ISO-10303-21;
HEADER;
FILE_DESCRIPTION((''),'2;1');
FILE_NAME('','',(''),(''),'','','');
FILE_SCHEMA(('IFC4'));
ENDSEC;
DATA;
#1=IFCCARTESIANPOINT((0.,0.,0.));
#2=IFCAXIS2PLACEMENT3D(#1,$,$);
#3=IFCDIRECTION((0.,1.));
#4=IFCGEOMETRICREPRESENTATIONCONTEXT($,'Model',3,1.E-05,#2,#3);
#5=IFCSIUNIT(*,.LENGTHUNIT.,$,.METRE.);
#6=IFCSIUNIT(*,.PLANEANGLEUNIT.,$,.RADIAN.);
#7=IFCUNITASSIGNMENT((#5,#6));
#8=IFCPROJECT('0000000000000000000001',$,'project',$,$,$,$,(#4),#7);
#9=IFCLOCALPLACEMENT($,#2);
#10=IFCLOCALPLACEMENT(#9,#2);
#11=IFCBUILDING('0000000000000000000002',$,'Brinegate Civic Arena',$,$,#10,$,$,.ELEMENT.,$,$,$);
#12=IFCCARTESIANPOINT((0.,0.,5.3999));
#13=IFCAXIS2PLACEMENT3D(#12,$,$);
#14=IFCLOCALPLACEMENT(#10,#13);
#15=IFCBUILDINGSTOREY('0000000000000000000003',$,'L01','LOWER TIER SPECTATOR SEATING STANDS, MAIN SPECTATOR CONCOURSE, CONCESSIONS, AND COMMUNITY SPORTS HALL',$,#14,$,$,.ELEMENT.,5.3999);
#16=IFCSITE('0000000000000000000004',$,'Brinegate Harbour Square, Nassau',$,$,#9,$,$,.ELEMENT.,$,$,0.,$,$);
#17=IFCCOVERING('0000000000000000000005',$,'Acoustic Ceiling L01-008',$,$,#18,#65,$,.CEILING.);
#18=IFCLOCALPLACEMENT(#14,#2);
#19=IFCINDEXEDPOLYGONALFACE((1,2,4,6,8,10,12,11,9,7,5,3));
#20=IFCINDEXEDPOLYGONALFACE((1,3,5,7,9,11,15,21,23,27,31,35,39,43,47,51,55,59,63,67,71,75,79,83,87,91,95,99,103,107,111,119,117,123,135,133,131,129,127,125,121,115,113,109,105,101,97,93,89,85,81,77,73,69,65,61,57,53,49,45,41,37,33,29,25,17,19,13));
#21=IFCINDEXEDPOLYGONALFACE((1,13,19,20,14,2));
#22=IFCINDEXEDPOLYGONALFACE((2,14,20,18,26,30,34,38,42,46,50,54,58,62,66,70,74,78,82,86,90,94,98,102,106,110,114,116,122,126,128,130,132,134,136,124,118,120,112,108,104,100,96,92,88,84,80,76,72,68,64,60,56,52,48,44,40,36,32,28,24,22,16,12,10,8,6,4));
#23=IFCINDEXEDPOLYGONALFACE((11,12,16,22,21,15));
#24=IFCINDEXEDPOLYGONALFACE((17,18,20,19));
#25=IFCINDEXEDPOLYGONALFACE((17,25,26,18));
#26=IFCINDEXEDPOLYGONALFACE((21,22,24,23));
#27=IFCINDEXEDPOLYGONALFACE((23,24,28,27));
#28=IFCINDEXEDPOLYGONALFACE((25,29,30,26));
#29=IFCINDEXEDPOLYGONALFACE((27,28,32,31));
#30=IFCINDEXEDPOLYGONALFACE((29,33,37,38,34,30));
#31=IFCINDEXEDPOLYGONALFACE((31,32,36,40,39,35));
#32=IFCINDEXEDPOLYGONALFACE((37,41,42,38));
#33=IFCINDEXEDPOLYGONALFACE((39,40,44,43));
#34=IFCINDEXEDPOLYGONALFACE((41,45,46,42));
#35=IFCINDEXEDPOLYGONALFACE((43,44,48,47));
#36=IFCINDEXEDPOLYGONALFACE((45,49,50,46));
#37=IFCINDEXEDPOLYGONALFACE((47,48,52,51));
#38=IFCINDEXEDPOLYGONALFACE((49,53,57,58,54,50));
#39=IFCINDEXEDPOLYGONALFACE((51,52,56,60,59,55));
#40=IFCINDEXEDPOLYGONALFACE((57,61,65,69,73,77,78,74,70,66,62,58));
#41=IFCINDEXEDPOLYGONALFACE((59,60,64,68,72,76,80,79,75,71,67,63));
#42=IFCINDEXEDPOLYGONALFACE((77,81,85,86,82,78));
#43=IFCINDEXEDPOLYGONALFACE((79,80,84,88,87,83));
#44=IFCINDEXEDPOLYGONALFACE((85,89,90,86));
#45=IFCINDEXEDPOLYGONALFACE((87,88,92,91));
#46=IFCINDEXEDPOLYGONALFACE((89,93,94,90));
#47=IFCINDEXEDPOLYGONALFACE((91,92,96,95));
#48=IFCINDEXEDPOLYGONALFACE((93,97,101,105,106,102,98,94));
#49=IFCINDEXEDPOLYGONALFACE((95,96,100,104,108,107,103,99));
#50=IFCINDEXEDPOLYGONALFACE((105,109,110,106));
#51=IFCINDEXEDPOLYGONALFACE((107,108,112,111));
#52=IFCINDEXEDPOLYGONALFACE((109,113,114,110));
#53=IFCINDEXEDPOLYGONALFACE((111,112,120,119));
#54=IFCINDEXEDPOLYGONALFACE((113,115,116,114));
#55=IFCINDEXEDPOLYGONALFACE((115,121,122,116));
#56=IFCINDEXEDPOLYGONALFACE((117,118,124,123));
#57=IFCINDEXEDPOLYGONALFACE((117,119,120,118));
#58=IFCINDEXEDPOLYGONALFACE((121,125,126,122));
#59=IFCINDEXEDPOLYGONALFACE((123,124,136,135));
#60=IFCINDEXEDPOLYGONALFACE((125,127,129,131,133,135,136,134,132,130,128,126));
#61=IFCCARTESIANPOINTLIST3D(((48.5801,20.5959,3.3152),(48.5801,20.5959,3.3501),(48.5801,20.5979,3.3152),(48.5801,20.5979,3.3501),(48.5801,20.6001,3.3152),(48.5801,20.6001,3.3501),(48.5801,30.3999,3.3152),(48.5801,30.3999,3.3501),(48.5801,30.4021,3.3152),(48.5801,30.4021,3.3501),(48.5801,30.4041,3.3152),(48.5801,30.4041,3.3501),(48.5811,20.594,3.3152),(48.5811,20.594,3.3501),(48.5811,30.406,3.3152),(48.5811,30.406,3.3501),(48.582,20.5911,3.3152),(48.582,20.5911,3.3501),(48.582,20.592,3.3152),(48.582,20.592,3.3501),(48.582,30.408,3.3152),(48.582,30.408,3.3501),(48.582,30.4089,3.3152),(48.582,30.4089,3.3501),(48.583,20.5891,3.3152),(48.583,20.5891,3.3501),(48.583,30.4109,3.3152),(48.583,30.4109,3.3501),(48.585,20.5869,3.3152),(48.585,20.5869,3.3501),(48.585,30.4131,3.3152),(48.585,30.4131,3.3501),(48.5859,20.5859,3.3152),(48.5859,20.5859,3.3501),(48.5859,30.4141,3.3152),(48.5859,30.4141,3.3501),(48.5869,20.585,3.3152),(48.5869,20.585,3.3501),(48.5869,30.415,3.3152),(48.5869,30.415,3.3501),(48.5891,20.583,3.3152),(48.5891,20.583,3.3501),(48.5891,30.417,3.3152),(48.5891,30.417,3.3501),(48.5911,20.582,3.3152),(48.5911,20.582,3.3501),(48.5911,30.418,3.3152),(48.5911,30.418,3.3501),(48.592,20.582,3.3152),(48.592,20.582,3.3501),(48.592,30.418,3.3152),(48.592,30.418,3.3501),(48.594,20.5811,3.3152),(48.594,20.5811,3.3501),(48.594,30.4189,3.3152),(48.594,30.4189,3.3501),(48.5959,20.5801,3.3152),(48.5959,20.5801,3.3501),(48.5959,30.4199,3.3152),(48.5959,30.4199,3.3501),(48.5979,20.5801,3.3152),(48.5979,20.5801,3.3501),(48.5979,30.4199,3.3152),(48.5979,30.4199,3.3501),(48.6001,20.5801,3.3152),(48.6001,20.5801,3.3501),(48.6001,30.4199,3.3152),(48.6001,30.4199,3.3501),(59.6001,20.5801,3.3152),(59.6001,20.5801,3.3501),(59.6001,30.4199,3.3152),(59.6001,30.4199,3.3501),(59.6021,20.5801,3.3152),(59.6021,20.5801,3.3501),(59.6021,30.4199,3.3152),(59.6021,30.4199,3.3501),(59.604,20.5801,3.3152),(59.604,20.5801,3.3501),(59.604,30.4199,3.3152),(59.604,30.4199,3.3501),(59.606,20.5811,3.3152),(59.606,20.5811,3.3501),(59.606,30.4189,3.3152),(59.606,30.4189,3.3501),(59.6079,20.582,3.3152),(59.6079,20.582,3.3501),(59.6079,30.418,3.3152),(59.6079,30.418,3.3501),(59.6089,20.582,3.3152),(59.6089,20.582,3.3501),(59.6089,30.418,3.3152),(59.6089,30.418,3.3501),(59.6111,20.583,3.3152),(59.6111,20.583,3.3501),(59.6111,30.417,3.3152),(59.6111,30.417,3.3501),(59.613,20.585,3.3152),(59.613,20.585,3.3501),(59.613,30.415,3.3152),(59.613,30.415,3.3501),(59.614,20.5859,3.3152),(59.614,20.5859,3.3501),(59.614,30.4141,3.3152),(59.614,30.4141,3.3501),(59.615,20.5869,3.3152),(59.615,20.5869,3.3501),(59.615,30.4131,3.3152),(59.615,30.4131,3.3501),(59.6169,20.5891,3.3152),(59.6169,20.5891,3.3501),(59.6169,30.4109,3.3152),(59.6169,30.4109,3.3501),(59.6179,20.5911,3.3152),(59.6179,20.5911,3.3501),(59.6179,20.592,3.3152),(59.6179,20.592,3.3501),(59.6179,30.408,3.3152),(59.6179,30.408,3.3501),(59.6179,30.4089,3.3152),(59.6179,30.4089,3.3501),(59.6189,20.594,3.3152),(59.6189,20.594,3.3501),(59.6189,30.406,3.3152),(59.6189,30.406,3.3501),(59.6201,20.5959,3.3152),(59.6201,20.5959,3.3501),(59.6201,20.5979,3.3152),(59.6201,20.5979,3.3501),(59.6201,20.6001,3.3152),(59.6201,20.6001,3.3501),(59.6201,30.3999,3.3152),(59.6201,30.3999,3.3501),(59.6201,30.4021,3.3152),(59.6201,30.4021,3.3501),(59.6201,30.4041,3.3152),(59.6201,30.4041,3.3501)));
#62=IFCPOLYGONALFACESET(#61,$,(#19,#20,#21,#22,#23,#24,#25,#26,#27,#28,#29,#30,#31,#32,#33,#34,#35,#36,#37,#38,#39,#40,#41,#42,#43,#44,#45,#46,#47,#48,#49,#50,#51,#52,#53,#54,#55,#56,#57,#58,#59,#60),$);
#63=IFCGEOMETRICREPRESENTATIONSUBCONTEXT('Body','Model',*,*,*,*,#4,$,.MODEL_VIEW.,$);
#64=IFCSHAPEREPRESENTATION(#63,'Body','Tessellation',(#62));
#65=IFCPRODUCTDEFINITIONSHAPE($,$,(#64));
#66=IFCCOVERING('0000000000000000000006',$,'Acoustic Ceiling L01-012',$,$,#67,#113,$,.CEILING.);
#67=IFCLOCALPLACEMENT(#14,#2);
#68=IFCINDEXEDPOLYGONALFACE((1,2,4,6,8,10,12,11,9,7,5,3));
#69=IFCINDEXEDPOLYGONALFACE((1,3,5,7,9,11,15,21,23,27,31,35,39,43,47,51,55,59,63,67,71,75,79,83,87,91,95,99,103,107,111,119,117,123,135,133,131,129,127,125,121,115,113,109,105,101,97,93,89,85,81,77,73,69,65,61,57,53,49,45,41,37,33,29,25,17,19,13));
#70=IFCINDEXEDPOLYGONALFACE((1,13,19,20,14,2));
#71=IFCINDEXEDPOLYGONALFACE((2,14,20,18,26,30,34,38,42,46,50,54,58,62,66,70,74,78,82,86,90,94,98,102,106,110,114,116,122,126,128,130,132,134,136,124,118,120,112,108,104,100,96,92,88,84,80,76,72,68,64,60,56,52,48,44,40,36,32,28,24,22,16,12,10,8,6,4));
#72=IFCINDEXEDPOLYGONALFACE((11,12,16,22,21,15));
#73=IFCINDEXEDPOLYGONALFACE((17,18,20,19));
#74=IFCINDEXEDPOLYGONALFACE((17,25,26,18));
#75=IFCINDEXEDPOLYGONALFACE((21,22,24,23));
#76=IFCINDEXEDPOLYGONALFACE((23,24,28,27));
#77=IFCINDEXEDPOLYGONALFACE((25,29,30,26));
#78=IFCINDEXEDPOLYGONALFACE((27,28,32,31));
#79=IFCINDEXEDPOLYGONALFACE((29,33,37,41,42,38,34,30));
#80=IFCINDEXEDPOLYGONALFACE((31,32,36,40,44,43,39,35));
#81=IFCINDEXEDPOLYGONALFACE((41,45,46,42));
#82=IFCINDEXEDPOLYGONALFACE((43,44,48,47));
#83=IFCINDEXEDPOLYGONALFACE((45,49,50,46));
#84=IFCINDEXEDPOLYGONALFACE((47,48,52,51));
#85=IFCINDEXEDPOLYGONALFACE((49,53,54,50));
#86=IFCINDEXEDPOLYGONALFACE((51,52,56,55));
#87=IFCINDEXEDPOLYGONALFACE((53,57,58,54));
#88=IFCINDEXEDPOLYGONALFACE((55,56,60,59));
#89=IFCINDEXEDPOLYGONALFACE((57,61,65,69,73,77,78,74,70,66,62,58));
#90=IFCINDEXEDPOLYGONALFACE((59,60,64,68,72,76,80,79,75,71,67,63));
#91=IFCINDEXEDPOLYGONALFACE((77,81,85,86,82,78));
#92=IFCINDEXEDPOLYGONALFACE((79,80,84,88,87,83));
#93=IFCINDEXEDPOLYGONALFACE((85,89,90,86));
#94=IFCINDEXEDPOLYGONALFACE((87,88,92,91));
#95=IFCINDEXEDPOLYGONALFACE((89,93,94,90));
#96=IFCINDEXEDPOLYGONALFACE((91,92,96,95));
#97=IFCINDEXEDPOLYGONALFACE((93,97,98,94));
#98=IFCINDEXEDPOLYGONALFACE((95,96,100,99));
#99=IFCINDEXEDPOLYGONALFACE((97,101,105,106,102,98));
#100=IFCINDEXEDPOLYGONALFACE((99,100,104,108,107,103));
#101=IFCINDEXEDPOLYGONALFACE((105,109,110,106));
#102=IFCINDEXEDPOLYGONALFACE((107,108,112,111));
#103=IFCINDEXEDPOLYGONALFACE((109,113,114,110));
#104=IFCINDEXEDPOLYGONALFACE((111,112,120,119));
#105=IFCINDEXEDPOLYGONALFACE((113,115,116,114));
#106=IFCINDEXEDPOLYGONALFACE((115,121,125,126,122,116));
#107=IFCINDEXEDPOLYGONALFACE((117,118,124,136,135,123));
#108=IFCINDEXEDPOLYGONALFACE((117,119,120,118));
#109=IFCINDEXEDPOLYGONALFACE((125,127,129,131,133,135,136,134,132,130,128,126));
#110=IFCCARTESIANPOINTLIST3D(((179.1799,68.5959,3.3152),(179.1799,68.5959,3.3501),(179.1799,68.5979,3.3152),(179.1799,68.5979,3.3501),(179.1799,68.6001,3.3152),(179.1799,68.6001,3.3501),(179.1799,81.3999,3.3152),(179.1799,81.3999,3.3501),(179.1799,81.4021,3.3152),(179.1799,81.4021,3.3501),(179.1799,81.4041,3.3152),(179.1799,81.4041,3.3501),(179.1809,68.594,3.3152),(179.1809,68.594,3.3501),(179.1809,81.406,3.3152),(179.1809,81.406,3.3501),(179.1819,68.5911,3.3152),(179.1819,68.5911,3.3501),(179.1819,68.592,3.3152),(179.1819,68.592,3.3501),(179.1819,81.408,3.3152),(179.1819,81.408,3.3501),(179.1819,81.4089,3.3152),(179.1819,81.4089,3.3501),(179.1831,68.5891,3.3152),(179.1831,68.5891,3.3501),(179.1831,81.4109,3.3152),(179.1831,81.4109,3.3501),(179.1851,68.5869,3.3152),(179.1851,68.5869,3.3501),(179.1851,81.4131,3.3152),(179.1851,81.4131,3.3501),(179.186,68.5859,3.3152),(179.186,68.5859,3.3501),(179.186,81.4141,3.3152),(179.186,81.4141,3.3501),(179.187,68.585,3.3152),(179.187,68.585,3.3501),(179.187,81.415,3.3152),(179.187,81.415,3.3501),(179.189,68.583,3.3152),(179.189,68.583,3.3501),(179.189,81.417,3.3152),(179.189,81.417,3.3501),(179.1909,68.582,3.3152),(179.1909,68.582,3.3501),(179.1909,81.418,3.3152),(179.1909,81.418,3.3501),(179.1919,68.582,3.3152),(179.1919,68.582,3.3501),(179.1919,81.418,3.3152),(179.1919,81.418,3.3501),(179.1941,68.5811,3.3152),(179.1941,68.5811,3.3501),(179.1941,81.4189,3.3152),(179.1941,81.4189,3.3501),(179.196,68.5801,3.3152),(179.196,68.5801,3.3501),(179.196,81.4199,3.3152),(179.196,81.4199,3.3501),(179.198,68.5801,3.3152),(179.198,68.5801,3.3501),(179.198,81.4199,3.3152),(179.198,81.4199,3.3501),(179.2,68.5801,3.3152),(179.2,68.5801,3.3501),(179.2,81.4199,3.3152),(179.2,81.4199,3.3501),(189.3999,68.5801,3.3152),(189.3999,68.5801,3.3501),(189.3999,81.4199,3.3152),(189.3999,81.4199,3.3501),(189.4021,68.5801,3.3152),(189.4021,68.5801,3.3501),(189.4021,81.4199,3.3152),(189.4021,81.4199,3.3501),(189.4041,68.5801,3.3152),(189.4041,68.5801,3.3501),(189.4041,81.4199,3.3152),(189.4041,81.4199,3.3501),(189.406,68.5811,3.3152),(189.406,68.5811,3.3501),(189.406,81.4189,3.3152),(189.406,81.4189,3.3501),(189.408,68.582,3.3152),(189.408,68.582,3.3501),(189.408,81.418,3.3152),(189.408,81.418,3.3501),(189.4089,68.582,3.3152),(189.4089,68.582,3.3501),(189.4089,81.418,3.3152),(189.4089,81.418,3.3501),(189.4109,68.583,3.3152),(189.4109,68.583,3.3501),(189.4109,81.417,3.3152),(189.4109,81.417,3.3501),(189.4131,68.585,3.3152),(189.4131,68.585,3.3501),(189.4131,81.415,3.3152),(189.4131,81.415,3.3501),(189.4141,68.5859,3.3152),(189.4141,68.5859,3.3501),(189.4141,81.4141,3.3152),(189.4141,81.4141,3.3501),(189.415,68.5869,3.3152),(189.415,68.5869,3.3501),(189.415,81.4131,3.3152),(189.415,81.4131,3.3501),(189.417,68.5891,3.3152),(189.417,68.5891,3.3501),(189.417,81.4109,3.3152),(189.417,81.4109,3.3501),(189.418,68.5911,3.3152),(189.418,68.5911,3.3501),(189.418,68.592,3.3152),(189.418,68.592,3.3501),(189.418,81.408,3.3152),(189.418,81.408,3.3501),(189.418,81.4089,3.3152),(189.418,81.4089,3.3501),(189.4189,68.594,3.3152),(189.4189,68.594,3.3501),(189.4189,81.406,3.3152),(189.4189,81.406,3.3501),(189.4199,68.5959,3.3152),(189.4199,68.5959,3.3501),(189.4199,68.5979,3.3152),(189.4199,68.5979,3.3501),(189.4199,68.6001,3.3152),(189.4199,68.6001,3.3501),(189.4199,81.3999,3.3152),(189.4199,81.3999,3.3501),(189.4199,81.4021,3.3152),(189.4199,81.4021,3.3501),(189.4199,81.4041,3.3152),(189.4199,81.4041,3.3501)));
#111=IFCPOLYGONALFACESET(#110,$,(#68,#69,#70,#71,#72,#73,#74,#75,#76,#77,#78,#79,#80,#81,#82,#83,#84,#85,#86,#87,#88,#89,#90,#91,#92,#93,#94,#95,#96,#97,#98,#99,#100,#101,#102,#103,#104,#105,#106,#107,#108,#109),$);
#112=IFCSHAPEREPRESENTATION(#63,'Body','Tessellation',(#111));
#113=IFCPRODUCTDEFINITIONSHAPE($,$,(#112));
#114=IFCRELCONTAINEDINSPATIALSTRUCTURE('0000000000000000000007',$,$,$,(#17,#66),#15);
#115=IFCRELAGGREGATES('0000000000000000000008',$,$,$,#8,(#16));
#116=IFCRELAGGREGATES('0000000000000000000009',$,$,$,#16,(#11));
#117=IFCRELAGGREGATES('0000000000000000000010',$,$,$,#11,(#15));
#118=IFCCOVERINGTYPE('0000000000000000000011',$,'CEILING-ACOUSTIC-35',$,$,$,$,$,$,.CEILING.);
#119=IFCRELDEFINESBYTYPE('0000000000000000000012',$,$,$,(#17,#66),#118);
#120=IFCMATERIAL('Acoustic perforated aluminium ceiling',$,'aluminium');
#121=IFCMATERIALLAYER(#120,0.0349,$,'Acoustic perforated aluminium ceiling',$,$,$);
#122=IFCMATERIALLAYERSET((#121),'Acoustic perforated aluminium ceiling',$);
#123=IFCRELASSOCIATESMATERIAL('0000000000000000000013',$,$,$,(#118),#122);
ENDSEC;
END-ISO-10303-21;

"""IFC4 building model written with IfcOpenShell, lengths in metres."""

from ifc_helpers import new_model, si_unit, direction, frame, origin, place, context, subcontext, project, spatial, polyline, outline, extrude, material, layer, layer_set, type_object, element, save


model = new_model("IFC4")

# Units and contexts
model_context = context("Model", 3, precision=1e-05, world=origin(), true_north=direction((0.0, 1.0)))
body_context = subcontext(model_context, "Body", "Model", "MODEL_VIEW")
ifc_project = project(units=[si_unit("LENGTHUNIT", "METRE"), si_unit("PLANEANGLEUNIT", "RADIAN")], contexts=[model_context])

# Site, building, storey
site_placement = place(None, origin())
site = spatial("IfcSite", under=ifc_project, at=site_placement, Name="Brinegate Harbour Square, Nassau", CompositionType="ELEMENT", RefElevation=0.0)
building_placement = place(site_placement, origin())
building = spatial("IfcBuilding", under=site, at=building_placement, Name="Brinegate Civic Arena", CompositionType="ELEMENT")
storey_placement = place(building_placement, frame((0.0, 0.0, 5.3999)))
storey = spatial("IfcBuildingStorey", under=building, at=storey_placement, Name="L01", Description="LOWER TIER SPECTATOR SEATING STANDS, MAIN SPECTATOR CONCOURSE, CONCESSIONS, AND COMMUNITY SPORTS HALL", CompositionType="ELEMENT", Elevation=5.3999)

# Coverings
ifc_material_1 = material(Name="Acoustic perforated aluminium ceiling", Category="aluminium")
ifc_layer_1 = layer(ifc_material_1, 0.0349, Name="Acoustic perforated aluminium ceiling")
ifc_layer_set_1 = layer_set([ifc_layer_1], Name="Acoustic perforated aluminium ceiling")
covering_type_1 = type_object("IfcCoveringType", Name="CEILING-ACOUSTIC-35", PredefinedType="CEILING", material=ifc_layer_set_1)
covering_1_placement = place(storey_placement, frame((0.0, 0.0, 3.3152)))
element("IfcCovering", 1, at=covering_1_placement, inside=storey, type_object=covering_type_1, Name="Acoustic Ceiling L01-008", PredefinedType="CEILING", context=body_context, shape_type="SweptSolid", body=[
    extrude(outline(polyline([(59.604, 30.4199), (59.606, 30.4189), (59.6079, 30.418), (59.6089, 30.418), (59.6111, 30.417), (59.613, 30.415), (59.614, 30.4141), (59.615, 30.4131), (59.6169, 30.4109), (59.6179, 30.4089), (59.6179, 30.408), (59.6189, 30.406), (59.6201, 30.4041), (59.6201, 30.4021), (59.6201, 30.3999), (59.6201, 20.6001), (59.6201, 20.5979), (59.6201, 20.5959), (59.6189, 20.594), (59.6179, 20.592), (59.6179, 20.5911), (59.6169, 20.5891), (59.615, 20.5869), (59.614, 20.5859), (59.613, 20.585), (59.6111, 20.583), (59.6089, 20.582), (59.6079, 20.582), (59.606, 20.5811), (59.604, 20.5801), (59.6021, 20.5801), (59.6001, 20.5801), (48.6001, 20.5801), (48.5979, 20.5801), (48.5959, 20.5801), (48.594, 20.5811), (48.592, 20.582), (48.5911, 20.582), (48.5891, 20.583), (48.5869, 20.585), (48.5859, 20.5859), (48.585, 20.5869), (48.583, 20.5891), (48.582, 20.5911), (48.582, 20.592), (48.5811, 20.594), (48.5801, 20.5959), (48.5801, 20.5979), (48.5801, 20.6001), (48.5801, 30.3999), (48.5801, 30.4021), (48.5801, 30.4041), (48.5811, 30.406), (48.582, 30.408), (48.582, 30.4089), (48.583, 30.4109), (48.585, 30.4131), (48.5859, 30.4141), (48.5869, 30.415), (48.5891, 30.417), (48.5911, 30.418), (48.592, 30.418), (48.594, 30.4189), (48.5959, 30.4199), (48.5979, 30.4199), (48.6001, 30.4199), (59.6001, 30.4199), (59.6021, 30.4199), (59.604, 30.4199)])), origin(), (0.0, 0.0, 1.0), 0.0349),
])
covering_2_placement = place(storey_placement, frame((0.0, 0.0, 3.3152)))
element("IfcCovering", 2, at=covering_2_placement, inside=storey, type_object=covering_type_1, Name="Acoustic Ceiling L01-012", PredefinedType="CEILING", context=body_context, shape_type="SweptSolid", body=[
    extrude(outline(polyline([(189.4041, 81.4199), (189.406, 81.4189), (189.408, 81.418), (189.4089, 81.418), (189.4109, 81.417), (189.4131, 81.415), (189.4141, 81.4141), (189.415, 81.4131), (189.417, 81.4109), (189.418, 81.4089), (189.418, 81.408), (189.4189, 81.406), (189.4199, 81.4041), (189.4199, 81.4021), (189.4199, 81.3999), (189.4199, 68.6001), (189.4199, 68.5979), (189.4199, 68.5959), (189.4189, 68.594), (189.418, 68.592), (189.418, 68.5911), (189.417, 68.5891), (189.415, 68.5869), (189.4141, 68.5859), (189.4131, 68.585), (189.4109, 68.583), (189.4089, 68.582), (189.408, 68.582), (189.406, 68.5811), (189.4041, 68.5801), (189.4021, 68.5801), (189.3999, 68.5801), (179.2, 68.5801), (179.198, 68.5801), (179.196, 68.5801), (179.1941, 68.5811), (179.1919, 68.582), (179.1909, 68.582), (179.189, 68.583), (179.187, 68.585), (179.186, 68.5859), (179.1851, 68.5869), (179.1831, 68.5891), (179.1819, 68.5911), (179.1819, 68.592), (179.1809, 68.594), (179.1799, 68.5959), (179.1799, 68.5979), (179.1799, 68.6001), (179.1799, 81.3999), (179.1799, 81.4021), (179.1799, 81.4041), (179.1809, 81.406), (179.1819, 81.408), (179.1819, 81.4089), (179.1831, 81.4109), (179.1851, 81.4131), (179.186, 81.4141), (179.187, 81.415), (179.189, 81.417), (179.1909, 81.418), (179.1919, 81.418), (179.1941, 81.4189), (179.196, 81.4199), (179.198, 81.4199), (179.2, 81.4199), (189.3999, 81.4199), (189.4021, 81.4199), (189.4041, 81.4199)])), origin(), (0.0, 0.0, 1.0), 0.0349),
])

save(model, "model.ifc")
